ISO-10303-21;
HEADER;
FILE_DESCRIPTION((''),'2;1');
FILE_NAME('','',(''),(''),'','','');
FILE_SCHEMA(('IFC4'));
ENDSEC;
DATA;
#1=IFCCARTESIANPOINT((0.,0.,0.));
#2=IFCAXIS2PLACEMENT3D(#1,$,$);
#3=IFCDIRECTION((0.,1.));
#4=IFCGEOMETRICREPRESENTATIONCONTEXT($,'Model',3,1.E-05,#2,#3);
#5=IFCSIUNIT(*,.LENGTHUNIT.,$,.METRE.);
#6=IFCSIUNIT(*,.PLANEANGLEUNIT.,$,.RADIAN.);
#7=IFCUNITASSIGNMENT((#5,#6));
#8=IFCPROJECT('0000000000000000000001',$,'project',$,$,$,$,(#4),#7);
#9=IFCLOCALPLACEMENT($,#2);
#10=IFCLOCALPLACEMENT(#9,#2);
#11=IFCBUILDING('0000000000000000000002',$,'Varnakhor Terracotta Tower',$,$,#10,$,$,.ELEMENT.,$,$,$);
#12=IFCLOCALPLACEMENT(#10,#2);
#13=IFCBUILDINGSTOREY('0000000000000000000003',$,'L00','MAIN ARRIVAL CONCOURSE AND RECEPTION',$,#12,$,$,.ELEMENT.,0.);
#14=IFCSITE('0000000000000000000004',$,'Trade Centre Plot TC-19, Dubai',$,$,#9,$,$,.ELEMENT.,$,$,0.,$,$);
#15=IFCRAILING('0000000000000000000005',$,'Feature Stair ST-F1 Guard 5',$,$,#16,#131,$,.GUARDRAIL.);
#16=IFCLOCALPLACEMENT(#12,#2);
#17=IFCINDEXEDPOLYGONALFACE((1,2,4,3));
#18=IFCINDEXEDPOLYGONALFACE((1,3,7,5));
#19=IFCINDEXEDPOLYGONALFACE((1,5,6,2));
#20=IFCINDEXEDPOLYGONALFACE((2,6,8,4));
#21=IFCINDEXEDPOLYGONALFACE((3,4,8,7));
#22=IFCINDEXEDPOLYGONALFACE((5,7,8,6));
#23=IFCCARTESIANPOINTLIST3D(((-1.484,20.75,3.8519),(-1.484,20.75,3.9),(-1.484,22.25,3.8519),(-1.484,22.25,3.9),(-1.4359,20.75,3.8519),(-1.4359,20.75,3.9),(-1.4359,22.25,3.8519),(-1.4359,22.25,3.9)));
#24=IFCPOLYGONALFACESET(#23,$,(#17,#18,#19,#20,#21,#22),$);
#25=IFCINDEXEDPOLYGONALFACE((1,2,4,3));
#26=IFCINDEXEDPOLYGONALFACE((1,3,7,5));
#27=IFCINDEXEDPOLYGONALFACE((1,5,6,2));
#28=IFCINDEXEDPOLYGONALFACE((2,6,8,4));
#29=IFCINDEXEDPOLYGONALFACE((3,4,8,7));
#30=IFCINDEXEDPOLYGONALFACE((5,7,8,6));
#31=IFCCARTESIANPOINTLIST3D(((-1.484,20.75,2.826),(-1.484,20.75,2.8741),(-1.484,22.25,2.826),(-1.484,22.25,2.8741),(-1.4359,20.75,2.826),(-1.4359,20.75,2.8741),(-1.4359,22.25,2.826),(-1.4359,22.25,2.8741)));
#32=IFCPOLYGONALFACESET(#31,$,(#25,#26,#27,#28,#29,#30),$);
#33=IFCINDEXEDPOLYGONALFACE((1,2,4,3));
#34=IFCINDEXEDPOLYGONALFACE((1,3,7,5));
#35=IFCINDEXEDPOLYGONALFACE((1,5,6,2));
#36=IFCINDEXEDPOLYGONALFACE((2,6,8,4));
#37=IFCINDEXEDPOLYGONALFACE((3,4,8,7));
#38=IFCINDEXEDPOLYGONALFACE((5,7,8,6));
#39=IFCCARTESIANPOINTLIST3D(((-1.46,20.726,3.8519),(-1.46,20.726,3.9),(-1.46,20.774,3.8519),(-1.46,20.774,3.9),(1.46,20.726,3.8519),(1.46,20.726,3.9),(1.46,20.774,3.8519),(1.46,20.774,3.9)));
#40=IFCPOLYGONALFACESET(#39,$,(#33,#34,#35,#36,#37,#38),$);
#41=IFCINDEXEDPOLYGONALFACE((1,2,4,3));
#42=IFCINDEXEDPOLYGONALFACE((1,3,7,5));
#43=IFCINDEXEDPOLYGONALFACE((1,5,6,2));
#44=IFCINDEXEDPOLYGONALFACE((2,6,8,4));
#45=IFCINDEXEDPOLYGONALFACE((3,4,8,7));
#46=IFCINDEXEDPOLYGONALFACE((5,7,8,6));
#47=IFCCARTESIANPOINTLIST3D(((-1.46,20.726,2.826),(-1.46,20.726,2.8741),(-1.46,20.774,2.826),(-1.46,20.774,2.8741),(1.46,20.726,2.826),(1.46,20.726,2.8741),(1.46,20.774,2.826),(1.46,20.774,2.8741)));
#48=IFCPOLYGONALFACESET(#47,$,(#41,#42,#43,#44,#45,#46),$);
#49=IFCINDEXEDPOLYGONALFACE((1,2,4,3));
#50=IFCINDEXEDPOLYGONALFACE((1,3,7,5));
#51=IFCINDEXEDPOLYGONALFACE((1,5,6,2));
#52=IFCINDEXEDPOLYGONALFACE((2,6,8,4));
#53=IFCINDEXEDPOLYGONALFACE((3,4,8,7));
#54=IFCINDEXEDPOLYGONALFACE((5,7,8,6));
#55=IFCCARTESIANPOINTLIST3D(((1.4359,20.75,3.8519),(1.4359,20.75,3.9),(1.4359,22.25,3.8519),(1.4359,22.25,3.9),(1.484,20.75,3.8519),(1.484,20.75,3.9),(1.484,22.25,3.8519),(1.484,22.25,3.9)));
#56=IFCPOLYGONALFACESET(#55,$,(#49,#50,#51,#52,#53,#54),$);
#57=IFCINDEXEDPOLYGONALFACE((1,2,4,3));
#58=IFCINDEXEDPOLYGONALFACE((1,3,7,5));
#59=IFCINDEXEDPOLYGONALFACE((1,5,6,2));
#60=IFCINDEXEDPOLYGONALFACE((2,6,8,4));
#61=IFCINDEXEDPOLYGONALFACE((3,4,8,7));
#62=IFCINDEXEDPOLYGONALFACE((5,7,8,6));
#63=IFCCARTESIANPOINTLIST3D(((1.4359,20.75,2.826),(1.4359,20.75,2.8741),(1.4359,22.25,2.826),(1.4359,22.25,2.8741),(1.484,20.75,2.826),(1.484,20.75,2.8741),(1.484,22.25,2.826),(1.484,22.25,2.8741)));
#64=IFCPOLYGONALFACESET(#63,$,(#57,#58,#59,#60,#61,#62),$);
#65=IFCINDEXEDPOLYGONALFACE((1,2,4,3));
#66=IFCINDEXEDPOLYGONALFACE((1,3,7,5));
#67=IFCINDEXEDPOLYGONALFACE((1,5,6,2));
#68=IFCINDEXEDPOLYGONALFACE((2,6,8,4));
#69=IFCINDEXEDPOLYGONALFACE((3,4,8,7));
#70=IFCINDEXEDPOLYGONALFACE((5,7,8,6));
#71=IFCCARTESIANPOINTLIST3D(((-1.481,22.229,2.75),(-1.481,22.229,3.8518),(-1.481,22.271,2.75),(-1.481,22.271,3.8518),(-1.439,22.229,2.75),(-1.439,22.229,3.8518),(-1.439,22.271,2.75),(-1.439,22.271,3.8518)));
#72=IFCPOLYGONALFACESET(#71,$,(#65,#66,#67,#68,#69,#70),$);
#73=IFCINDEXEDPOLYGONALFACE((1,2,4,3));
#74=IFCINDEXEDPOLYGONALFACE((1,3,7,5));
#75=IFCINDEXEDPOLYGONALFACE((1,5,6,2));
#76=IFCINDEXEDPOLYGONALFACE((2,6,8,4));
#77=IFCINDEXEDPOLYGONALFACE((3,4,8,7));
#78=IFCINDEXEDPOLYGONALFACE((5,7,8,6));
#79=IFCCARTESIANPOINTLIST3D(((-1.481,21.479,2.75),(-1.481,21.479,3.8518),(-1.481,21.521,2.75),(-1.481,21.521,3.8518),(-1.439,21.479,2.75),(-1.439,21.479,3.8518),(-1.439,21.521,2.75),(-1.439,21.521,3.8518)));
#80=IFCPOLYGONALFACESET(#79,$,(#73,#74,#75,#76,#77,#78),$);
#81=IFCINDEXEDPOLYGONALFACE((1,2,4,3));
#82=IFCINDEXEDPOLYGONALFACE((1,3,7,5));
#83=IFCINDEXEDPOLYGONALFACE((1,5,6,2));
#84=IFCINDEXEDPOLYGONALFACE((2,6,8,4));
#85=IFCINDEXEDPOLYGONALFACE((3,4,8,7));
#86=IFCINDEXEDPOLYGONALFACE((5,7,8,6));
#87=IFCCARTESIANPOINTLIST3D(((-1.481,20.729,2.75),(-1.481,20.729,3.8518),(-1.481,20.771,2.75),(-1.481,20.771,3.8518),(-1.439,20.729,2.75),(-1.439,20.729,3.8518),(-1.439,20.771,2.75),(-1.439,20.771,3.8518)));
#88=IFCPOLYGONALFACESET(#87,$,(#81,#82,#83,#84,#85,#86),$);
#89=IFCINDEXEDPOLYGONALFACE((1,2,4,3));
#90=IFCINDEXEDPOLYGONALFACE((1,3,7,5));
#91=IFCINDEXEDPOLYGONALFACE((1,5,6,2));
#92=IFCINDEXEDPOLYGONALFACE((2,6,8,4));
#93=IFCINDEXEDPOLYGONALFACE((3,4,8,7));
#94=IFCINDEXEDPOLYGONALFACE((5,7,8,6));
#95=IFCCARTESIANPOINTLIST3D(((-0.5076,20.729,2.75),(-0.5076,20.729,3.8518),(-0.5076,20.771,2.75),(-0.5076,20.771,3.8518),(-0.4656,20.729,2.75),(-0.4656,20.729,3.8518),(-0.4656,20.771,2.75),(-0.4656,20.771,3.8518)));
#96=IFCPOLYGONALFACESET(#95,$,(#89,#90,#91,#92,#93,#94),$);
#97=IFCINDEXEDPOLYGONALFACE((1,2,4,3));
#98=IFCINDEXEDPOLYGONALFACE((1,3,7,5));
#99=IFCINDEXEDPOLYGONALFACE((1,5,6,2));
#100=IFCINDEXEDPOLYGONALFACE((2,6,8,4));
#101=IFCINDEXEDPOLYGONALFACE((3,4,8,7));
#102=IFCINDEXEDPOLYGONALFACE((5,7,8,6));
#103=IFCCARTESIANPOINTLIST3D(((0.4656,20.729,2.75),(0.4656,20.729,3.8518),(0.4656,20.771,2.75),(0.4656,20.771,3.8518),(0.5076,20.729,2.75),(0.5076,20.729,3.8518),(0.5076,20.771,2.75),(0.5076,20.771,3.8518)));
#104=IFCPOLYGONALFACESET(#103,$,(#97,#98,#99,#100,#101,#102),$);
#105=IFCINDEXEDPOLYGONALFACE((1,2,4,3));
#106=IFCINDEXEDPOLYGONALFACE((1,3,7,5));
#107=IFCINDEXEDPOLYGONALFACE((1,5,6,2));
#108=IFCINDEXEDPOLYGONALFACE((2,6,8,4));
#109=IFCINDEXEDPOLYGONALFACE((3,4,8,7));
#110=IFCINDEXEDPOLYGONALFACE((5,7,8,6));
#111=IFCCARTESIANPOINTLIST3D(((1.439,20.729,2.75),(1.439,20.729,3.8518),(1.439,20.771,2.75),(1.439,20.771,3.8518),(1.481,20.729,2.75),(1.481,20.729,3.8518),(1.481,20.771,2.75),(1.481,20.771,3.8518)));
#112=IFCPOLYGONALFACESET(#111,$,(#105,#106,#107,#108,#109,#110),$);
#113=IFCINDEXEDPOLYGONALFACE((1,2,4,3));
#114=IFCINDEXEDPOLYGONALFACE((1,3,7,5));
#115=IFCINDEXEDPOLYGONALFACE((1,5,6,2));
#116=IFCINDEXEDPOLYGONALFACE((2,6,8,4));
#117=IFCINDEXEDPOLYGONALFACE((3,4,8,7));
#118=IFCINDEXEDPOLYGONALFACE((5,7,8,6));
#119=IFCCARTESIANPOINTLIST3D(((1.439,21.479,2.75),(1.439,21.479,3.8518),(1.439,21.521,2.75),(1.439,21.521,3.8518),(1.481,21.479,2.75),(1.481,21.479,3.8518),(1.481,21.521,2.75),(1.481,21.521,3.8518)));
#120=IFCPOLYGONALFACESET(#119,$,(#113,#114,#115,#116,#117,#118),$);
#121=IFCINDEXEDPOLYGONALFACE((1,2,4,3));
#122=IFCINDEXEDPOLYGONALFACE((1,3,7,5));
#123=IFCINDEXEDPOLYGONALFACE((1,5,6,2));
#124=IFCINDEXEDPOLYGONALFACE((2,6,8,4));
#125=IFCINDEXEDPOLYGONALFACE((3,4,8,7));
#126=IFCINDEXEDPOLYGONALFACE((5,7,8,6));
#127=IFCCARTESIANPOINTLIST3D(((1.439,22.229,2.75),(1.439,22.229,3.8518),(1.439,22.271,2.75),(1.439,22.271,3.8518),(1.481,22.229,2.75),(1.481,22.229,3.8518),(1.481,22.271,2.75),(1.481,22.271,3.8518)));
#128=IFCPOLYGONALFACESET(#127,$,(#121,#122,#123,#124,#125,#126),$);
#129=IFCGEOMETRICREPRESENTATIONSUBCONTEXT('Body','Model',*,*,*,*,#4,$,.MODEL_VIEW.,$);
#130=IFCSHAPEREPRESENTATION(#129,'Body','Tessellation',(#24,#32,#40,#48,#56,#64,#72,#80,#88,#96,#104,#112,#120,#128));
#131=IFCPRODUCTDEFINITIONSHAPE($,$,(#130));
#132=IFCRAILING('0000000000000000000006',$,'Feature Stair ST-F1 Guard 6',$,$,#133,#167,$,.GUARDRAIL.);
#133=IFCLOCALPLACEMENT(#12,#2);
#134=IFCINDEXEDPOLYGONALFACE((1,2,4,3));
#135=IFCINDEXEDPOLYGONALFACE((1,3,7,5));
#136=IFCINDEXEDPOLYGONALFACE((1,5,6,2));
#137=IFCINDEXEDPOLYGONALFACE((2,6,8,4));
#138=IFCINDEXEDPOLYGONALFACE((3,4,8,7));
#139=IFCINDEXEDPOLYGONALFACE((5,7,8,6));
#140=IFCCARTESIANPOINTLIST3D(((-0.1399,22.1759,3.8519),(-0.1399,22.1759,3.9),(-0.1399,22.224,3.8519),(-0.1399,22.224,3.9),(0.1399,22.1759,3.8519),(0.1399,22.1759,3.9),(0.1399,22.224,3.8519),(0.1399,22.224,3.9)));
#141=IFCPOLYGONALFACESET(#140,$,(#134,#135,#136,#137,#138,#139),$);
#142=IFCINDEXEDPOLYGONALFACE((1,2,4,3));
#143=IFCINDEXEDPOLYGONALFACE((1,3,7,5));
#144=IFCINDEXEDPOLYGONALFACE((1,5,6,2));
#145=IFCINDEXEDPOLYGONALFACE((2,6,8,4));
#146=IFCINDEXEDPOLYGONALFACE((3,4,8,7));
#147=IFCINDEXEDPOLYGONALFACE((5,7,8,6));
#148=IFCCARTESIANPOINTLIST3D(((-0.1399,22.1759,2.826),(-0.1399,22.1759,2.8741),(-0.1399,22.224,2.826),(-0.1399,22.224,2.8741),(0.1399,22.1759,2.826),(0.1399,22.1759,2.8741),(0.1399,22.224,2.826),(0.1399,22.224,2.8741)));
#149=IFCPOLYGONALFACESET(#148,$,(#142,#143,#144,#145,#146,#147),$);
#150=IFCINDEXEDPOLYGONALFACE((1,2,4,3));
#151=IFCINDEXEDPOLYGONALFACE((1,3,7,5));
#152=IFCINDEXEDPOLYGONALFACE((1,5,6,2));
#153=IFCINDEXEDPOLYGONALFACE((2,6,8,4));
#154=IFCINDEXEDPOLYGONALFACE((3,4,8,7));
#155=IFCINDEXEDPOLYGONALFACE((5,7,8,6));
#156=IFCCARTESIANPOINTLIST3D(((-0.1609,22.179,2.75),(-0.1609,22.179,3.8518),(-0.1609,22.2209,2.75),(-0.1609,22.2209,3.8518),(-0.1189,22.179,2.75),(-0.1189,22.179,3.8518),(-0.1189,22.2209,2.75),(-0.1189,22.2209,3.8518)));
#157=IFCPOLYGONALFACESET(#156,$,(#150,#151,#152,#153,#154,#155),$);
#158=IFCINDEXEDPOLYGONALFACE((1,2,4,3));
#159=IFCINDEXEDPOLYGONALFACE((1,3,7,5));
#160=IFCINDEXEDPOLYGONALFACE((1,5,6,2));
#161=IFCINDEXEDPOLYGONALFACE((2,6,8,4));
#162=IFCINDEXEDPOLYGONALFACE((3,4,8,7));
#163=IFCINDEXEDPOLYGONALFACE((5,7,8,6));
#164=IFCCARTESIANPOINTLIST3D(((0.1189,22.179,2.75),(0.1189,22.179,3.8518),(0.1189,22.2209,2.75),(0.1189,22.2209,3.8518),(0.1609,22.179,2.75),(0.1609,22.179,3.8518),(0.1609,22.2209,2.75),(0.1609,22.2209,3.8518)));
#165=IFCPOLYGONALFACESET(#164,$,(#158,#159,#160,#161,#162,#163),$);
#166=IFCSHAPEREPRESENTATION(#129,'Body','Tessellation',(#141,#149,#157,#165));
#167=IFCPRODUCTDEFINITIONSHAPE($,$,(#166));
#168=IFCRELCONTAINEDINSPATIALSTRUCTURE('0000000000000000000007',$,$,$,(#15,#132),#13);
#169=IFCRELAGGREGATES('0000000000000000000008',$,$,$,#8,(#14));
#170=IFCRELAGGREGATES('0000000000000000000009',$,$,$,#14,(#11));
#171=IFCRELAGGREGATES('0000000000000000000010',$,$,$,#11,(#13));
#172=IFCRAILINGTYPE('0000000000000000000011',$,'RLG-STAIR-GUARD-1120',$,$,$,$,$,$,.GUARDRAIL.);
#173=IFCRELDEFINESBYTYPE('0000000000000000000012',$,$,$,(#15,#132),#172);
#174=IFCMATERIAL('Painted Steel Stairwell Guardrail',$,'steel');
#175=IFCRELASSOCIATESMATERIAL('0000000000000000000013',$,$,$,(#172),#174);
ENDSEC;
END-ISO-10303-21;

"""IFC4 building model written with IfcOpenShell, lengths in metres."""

from ifc_helpers import new_model, si_unit, direction, frame, origin, origin_2d, place, context, subcontext, project, spatial, rectangle, extrude, material, type_object, element, save


model = new_model("IFC4")

# Units and contexts
model_context = context("Model", 3, precision=1e-05, world=origin(), true_north=direction((0.0, 1.0)))
body_context = subcontext(model_context, "Body", "Model", "MODEL_VIEW")
ifc_project = project(units=[si_unit("LENGTHUNIT", "METRE"), si_unit("PLANEANGLEUNIT", "RADIAN")], contexts=[model_context])

# Site, building, storey
site_placement = place(None, origin())
site = spatial("IfcSite", under=ifc_project, at=site_placement, Name="Trade Centre Plot TC-19, Dubai", CompositionType="ELEMENT", RefElevation=0.0)
building_placement = place(site_placement, origin())
building = spatial("IfcBuilding", under=site, at=building_placement, Name="Varnakhor Terracotta Tower", CompositionType="ELEMENT")
storey_placement = place(building_placement, origin())
storey = spatial("IfcBuildingStorey", under=building, at=storey_placement, Name="L00", Description="MAIN ARRIVAL CONCOURSE AND RECEPTION", CompositionType="ELEMENT", Elevation=0.0)

# Railings
ifc_material_1 = material(Name="Painted Steel Stairwell Guardrail", Category="steel")
railing_type = type_object("IfcRailingType", Name="RLG-STAIR-GUARD-1120", PredefinedType="GUARDRAIL", material=ifc_material_1)
railing_1_placement = place(storey_placement, frame((-1.46, 22.25, 2.75)))
element("IfcRailing", 1, at=railing_1_placement, inside=storey, type_object=railing_type, Name="Feature Stair ST-F1 Guard 5", PredefinedType="GUARDRAIL", context=body_context, shape_type="SweptSolid", body=[
    extrude(rectangle(XDim=0.0481, YDim=0.0481, at=origin_2d()), frame((0.0, 0.0, 1.126), z_axis=(0.0, -1.0, 0.0), x_axis=(1.0, 0.0, 0.0)), (0.0, 0.0, 1.0), 1.5),
    extrude(rectangle(XDim=0.0481, YDim=0.0481, at=origin_2d()), frame((0.0, 0.0, 0.1001), z_axis=(0.0, -1.0, 0.0), x_axis=(1.0, 0.0, 0.0)), (0.0, 0.0, 1.0), 1.5),
    extrude(rectangle(XDim=0.0481, YDim=0.0481, at=origin_2d()), frame((0.0, -1.5, 1.126), z_axis=(1.0, 0.0, 0.0), x_axis=(0.0, 1.0, 0.0)), (0.0, 0.0, 1.0), 2.9199),
    extrude(rectangle(XDim=0.0481, YDim=0.0481, at=origin_2d()), frame((0.0, -1.5, 0.1001), z_axis=(1.0, 0.0, 0.0), x_axis=(0.0, 1.0, 0.0)), (0.0, 0.0, 1.0), 2.9199),
    extrude(rectangle(XDim=0.0481, YDim=0.0481, at=origin_2d()), frame((2.9199, -1.5, 1.126), z_axis=(0.0, 1.0, 0.0), x_axis=(-1.0, 0.0, 0.0)), (0.0, 0.0, 1.0), 1.5),
    extrude(rectangle(XDim=0.0481, YDim=0.0481, at=origin_2d()), frame((2.9199, -1.5, 0.1001), z_axis=(0.0, 1.0, 0.0), x_axis=(-1.0, 0.0, 0.0)), (0.0, 0.0, 1.0), 1.5),
    extrude(rectangle(XDim=0.042, YDim=0.042, at=origin_2d()), origin(), (0.0, 0.0, 1.0), 1.1018),
    extrude(rectangle(XDim=0.042, YDim=0.042, at=origin_2d()), frame((0.0, -0.75, 0.0)), (0.0, 0.0, 1.0), 1.1018),
    extrude(rectangle(XDim=0.042, YDim=0.042, at=origin_2d()), frame((0.0, -1.5, 0.0)), (0.0, 0.0, 1.0), 1.1018),
    extrude(rectangle(XDim=0.042, YDim=0.042, at=origin_2d()), frame((0.9734, -1.5, 0.0)), (0.0, 0.0, 1.0), 1.1018),
    extrude(rectangle(XDim=0.042, YDim=0.042, at=origin_2d()), frame((1.9465, -1.5, 0.0)), (0.0, 0.0, 1.0), 1.1018),
    extrude(rectangle(XDim=0.042, YDim=0.042, at=origin_2d()), frame((2.9199, -1.5, 0.0)), (0.0, 0.0, 1.0), 1.1018),
    extrude(rectangle(XDim=0.042, YDim=0.042, at=origin_2d()), frame((2.9199, -0.75, 0.0)), (0.0, 0.0, 1.0), 1.1018),
    extrude(rectangle(XDim=0.042, YDim=0.042, at=origin_2d()), frame((2.9199, 0.0, 0.0)), (0.0, 0.0, 1.0), 1.1018),
])
railing_2_placement = place(storey_placement, frame((-0.1399, 22.2, 2.75)))
element("IfcRailing", 2, at=railing_2_placement, inside=storey, type_object=railing_type, Name="Feature Stair ST-F1 Guard 6", PredefinedType="GUARDRAIL", context=body_context, shape_type="SweptSolid", body=[
    extrude(rectangle(XDim=0.0481, YDim=0.0481, at=origin_2d()), frame((0.0, 0.0, 1.126), z_axis=(1.0, 0.0, 0.0), x_axis=(0.0, 1.0, 0.0)), (0.0, 0.0, 1.0), 0.2798),
    extrude(rectangle(XDim=0.0481, YDim=0.0481, at=origin_2d()), frame((0.0, 0.0, 0.1001), z_axis=(1.0, 0.0, 0.0), x_axis=(0.0, 1.0, 0.0)), (0.0, 0.0, 1.0), 0.2798),
    extrude(rectangle(XDim=0.042, YDim=0.042, at=origin_2d()), origin(), (0.0, 0.0, 1.0), 1.1018),
    extrude(rectangle(XDim=0.042, YDim=0.042, at=origin_2d()), frame((0.2798, 0.0, 0.0)), (0.0, 0.0, 1.0), 1.1018),
])

save(model, "model.ifc")
